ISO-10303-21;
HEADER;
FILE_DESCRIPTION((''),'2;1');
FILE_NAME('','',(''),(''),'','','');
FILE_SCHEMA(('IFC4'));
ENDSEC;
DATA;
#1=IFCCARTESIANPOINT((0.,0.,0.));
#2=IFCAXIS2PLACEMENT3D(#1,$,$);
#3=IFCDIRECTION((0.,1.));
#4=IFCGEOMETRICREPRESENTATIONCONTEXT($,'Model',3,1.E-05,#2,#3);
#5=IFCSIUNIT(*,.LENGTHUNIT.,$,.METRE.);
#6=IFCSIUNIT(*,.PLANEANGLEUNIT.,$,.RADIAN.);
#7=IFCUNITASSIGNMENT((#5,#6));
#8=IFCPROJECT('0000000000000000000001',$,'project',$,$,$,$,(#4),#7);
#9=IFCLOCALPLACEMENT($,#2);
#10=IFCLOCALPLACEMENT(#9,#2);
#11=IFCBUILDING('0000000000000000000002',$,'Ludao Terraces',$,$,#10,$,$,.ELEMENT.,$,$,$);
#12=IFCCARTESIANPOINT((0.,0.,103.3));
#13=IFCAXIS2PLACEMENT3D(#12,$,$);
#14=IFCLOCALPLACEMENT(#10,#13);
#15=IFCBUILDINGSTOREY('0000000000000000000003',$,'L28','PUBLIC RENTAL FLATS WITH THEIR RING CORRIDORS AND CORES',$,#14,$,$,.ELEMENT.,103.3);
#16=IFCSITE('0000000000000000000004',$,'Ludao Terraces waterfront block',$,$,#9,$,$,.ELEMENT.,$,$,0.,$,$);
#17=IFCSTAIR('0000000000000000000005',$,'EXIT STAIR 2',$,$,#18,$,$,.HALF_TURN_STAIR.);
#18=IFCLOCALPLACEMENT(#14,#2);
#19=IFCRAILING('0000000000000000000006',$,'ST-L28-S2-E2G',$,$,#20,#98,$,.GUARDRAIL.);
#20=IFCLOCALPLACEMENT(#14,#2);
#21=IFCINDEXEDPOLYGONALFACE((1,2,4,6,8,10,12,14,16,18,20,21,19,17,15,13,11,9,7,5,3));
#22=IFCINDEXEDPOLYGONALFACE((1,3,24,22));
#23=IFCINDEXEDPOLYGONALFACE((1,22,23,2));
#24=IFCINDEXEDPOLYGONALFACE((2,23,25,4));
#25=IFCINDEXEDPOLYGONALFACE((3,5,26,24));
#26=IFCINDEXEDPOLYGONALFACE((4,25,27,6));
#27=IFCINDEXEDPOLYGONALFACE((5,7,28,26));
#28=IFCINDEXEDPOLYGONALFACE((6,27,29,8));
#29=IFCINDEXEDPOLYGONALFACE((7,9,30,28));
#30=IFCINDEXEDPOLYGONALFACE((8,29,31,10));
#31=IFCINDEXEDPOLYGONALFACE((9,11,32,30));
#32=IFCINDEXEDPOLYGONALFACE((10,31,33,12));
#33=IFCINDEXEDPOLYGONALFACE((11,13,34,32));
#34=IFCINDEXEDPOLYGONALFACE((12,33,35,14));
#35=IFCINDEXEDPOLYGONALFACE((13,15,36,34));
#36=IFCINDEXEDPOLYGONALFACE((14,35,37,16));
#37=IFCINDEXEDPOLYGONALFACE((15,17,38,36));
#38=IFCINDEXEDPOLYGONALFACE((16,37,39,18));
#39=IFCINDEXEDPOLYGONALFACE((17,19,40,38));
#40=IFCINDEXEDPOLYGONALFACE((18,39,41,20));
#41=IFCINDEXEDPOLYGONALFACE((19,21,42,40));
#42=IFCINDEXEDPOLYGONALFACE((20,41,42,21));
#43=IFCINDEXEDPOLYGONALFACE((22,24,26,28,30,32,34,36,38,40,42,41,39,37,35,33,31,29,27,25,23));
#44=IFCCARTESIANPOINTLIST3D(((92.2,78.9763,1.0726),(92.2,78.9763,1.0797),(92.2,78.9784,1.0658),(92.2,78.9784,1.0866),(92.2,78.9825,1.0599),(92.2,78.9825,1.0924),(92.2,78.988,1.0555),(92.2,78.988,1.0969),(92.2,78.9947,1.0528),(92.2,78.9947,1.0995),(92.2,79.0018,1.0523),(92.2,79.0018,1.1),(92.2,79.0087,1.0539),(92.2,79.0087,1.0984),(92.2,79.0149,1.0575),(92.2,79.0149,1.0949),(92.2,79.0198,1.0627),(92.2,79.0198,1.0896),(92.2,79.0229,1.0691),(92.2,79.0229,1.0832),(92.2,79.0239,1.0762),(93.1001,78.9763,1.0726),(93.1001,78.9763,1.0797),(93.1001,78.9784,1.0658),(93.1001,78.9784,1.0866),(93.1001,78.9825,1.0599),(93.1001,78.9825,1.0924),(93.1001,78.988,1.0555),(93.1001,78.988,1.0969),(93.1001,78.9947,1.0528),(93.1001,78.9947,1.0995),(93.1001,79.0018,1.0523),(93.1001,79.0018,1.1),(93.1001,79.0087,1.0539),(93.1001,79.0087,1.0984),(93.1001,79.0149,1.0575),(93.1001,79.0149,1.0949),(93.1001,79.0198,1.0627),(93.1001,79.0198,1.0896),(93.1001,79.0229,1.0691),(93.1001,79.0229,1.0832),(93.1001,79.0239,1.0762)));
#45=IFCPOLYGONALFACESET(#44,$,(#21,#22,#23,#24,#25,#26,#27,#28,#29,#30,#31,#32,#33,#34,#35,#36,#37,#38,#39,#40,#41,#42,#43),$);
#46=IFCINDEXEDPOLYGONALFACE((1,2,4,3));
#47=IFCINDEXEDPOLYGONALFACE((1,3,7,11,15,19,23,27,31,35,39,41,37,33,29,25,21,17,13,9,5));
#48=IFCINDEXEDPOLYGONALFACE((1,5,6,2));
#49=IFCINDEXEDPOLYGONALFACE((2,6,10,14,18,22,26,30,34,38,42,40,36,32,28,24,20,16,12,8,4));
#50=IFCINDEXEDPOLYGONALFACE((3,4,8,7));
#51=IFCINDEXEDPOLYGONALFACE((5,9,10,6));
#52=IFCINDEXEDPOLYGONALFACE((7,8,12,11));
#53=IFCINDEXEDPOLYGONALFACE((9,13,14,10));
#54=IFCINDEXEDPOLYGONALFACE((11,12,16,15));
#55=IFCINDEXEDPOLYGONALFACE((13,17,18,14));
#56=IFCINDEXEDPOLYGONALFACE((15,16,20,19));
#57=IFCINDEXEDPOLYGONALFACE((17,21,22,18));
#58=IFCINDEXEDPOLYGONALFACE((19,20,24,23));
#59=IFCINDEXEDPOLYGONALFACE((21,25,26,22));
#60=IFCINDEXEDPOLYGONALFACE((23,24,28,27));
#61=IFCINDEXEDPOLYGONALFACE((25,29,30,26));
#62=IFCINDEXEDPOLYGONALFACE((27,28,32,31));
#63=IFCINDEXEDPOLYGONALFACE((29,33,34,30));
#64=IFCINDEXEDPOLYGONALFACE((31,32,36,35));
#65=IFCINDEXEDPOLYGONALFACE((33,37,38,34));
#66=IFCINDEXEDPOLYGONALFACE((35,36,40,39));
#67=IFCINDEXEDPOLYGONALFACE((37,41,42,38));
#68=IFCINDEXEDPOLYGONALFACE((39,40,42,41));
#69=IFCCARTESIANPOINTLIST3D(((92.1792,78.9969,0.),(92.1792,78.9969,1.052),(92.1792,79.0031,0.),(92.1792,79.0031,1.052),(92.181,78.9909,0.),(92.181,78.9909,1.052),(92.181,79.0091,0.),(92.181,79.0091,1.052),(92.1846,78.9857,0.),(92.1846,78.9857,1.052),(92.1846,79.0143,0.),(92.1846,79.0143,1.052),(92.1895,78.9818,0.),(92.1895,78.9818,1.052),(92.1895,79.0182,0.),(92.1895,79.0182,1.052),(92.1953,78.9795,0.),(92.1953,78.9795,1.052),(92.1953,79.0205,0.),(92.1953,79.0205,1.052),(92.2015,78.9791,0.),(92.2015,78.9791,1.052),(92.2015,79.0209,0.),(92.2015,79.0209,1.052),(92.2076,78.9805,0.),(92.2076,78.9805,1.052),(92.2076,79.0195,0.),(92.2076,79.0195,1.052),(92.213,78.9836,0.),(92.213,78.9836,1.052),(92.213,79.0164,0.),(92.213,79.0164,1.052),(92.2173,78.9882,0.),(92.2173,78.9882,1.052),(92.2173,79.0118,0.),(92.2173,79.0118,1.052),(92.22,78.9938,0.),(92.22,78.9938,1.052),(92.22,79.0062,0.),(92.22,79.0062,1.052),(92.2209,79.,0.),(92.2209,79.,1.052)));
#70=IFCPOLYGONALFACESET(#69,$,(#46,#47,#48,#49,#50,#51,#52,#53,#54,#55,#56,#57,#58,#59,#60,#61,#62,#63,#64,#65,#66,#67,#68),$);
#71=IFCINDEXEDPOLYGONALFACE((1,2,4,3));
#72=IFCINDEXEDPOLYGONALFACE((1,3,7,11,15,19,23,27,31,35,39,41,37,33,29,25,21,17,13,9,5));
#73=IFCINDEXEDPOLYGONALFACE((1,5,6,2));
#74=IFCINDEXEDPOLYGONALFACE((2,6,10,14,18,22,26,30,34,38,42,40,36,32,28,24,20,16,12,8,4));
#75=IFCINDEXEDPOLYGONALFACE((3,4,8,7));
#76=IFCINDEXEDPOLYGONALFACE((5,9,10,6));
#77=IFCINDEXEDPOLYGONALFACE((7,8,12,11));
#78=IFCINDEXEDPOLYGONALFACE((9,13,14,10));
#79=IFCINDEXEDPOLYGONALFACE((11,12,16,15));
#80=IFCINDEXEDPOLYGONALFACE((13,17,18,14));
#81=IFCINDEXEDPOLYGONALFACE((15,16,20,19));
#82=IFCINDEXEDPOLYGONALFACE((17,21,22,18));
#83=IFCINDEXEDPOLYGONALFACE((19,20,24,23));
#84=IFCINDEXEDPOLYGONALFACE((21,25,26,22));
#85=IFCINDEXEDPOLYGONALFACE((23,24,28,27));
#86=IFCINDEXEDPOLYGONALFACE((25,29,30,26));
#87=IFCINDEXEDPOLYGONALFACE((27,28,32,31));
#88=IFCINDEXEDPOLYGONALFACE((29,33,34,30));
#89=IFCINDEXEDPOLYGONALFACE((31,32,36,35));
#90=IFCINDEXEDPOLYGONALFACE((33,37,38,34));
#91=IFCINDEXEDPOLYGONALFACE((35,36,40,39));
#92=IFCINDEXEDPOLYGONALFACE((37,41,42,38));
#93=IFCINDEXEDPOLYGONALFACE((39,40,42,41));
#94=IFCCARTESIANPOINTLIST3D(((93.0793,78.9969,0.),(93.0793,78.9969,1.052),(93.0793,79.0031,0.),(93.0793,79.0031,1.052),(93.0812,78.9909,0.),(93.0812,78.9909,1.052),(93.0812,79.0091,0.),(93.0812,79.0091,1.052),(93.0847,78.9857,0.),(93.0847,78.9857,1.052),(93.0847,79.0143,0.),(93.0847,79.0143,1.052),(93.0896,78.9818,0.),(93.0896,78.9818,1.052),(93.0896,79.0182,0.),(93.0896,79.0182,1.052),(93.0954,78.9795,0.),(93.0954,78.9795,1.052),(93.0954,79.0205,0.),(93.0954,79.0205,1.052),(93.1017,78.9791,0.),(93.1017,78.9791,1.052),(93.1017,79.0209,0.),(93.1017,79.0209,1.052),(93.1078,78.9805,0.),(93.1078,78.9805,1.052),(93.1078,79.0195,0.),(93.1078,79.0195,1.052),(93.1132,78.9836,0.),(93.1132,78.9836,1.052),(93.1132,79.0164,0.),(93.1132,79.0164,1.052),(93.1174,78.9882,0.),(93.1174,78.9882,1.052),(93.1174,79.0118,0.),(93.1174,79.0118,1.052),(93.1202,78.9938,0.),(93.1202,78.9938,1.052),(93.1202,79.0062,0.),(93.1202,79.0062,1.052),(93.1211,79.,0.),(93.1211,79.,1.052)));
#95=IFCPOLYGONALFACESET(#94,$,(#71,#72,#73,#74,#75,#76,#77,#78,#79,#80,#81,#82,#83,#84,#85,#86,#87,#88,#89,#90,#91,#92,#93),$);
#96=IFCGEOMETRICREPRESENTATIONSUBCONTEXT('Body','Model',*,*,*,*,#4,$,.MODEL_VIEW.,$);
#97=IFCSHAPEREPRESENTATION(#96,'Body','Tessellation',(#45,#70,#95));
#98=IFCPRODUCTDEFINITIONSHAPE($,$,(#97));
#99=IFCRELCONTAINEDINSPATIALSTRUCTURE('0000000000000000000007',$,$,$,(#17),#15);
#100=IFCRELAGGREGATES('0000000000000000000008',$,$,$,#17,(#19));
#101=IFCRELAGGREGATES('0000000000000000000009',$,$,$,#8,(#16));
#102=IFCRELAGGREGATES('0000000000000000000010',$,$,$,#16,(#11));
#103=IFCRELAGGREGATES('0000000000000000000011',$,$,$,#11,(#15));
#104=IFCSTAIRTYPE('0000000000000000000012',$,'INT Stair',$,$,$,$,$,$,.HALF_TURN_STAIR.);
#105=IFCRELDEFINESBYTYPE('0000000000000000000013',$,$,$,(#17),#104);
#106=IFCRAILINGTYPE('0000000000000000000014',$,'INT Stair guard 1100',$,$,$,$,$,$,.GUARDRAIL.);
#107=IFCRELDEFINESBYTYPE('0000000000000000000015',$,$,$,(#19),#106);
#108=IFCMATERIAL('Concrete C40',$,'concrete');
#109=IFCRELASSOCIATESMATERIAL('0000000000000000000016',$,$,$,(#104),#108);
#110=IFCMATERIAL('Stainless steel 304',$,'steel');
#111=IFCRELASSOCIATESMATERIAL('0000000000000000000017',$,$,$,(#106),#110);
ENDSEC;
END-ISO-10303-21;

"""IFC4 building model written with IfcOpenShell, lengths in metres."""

from ifc_helpers import new_model, si_unit, direction, frame, origin, origin_2d, place, context, subcontext, project, spatial, circle, extrude, material, type_object, element, aggregate, save


model = new_model("IFC4")

# Units and contexts
model_context = context("Model", 3, precision=1e-05, world=origin(), true_north=direction((0.0, 1.0)))
body_context = subcontext(model_context, "Body", "Model", "MODEL_VIEW")
ifc_project = project(units=[si_unit("LENGTHUNIT", "METRE"), si_unit("PLANEANGLEUNIT", "RADIAN")], contexts=[model_context])

# Site, building, storey
site_placement = place(None, origin())
site = spatial("IfcSite", under=ifc_project, at=site_placement, Name="Ludao Terraces waterfront block", CompositionType="ELEMENT", RefElevation=0.0)
building_placement = place(site_placement, origin())
building = spatial("IfcBuilding", under=site, at=building_placement, Name="Ludao Terraces", CompositionType="ELEMENT")
storey_placement = place(building_placement, frame((0.0, 0.0, 103.3)))
storey = spatial("IfcBuildingStorey", under=building, at=storey_placement, Name="L28", Description="PUBLIC RENTAL FLATS WITH THEIR RING CORRIDORS AND CORES", CompositionType="ELEMENT", Elevation=103.3)

# Shared definitions
ifc_material_1 = material(Name="Stainless steel 304", Category="steel")

# Stair, railing
ifc_material_2 = material(Name="Concrete C40", Category="concrete")
stair_type = type_object("IfcStairType", Name="INT Stair", PredefinedType="HALF_TURN_STAIR", material=ifc_material_2)
stair_placement = place(storey_placement, origin())
stair = element("IfcStair", 1, at=stair_placement, inside=storey, type_object=stair_type, Name="EXIT STAIR 2", PredefinedType="HALF_TURN_STAIR")
railing_type_1 = type_object("IfcRailingType", Name="INT Stair guard 1100", PredefinedType="GUARDRAIL", material=ifc_material_1)
railing_1_placement = place(storey_placement, frame((92.2, 79.0, 0.0)))
railing_1 = element("IfcRailing", 2, at=railing_1_placement, type_object=railing_type_1, Name="ST-L28-S2-E2G", PredefinedType="GUARDRAIL", context=body_context, shape_type="SweptSolid", body=[
    extrude(circle(Radius=0.0239, at=origin_2d()), frame((0.0, 0.0, 1.0762), z_axis=(1.0, 0.0, 0.0), x_axis=(0.0, 1.0, 0.0)), (0.0, 0.0, 1.0), 0.9001),
    extrude(circle(Radius=0.021, at=origin_2d()), origin(), (0.0, 0.0, 1.0), 1.052),
    extrude(circle(Radius=0.021, at=origin_2d()), frame((0.9001, 0.0, 0.0)), (0.0, 0.0, 1.0), 1.052),
])
aggregate(stair, [railing_1])

save(model, "model.ifc")
